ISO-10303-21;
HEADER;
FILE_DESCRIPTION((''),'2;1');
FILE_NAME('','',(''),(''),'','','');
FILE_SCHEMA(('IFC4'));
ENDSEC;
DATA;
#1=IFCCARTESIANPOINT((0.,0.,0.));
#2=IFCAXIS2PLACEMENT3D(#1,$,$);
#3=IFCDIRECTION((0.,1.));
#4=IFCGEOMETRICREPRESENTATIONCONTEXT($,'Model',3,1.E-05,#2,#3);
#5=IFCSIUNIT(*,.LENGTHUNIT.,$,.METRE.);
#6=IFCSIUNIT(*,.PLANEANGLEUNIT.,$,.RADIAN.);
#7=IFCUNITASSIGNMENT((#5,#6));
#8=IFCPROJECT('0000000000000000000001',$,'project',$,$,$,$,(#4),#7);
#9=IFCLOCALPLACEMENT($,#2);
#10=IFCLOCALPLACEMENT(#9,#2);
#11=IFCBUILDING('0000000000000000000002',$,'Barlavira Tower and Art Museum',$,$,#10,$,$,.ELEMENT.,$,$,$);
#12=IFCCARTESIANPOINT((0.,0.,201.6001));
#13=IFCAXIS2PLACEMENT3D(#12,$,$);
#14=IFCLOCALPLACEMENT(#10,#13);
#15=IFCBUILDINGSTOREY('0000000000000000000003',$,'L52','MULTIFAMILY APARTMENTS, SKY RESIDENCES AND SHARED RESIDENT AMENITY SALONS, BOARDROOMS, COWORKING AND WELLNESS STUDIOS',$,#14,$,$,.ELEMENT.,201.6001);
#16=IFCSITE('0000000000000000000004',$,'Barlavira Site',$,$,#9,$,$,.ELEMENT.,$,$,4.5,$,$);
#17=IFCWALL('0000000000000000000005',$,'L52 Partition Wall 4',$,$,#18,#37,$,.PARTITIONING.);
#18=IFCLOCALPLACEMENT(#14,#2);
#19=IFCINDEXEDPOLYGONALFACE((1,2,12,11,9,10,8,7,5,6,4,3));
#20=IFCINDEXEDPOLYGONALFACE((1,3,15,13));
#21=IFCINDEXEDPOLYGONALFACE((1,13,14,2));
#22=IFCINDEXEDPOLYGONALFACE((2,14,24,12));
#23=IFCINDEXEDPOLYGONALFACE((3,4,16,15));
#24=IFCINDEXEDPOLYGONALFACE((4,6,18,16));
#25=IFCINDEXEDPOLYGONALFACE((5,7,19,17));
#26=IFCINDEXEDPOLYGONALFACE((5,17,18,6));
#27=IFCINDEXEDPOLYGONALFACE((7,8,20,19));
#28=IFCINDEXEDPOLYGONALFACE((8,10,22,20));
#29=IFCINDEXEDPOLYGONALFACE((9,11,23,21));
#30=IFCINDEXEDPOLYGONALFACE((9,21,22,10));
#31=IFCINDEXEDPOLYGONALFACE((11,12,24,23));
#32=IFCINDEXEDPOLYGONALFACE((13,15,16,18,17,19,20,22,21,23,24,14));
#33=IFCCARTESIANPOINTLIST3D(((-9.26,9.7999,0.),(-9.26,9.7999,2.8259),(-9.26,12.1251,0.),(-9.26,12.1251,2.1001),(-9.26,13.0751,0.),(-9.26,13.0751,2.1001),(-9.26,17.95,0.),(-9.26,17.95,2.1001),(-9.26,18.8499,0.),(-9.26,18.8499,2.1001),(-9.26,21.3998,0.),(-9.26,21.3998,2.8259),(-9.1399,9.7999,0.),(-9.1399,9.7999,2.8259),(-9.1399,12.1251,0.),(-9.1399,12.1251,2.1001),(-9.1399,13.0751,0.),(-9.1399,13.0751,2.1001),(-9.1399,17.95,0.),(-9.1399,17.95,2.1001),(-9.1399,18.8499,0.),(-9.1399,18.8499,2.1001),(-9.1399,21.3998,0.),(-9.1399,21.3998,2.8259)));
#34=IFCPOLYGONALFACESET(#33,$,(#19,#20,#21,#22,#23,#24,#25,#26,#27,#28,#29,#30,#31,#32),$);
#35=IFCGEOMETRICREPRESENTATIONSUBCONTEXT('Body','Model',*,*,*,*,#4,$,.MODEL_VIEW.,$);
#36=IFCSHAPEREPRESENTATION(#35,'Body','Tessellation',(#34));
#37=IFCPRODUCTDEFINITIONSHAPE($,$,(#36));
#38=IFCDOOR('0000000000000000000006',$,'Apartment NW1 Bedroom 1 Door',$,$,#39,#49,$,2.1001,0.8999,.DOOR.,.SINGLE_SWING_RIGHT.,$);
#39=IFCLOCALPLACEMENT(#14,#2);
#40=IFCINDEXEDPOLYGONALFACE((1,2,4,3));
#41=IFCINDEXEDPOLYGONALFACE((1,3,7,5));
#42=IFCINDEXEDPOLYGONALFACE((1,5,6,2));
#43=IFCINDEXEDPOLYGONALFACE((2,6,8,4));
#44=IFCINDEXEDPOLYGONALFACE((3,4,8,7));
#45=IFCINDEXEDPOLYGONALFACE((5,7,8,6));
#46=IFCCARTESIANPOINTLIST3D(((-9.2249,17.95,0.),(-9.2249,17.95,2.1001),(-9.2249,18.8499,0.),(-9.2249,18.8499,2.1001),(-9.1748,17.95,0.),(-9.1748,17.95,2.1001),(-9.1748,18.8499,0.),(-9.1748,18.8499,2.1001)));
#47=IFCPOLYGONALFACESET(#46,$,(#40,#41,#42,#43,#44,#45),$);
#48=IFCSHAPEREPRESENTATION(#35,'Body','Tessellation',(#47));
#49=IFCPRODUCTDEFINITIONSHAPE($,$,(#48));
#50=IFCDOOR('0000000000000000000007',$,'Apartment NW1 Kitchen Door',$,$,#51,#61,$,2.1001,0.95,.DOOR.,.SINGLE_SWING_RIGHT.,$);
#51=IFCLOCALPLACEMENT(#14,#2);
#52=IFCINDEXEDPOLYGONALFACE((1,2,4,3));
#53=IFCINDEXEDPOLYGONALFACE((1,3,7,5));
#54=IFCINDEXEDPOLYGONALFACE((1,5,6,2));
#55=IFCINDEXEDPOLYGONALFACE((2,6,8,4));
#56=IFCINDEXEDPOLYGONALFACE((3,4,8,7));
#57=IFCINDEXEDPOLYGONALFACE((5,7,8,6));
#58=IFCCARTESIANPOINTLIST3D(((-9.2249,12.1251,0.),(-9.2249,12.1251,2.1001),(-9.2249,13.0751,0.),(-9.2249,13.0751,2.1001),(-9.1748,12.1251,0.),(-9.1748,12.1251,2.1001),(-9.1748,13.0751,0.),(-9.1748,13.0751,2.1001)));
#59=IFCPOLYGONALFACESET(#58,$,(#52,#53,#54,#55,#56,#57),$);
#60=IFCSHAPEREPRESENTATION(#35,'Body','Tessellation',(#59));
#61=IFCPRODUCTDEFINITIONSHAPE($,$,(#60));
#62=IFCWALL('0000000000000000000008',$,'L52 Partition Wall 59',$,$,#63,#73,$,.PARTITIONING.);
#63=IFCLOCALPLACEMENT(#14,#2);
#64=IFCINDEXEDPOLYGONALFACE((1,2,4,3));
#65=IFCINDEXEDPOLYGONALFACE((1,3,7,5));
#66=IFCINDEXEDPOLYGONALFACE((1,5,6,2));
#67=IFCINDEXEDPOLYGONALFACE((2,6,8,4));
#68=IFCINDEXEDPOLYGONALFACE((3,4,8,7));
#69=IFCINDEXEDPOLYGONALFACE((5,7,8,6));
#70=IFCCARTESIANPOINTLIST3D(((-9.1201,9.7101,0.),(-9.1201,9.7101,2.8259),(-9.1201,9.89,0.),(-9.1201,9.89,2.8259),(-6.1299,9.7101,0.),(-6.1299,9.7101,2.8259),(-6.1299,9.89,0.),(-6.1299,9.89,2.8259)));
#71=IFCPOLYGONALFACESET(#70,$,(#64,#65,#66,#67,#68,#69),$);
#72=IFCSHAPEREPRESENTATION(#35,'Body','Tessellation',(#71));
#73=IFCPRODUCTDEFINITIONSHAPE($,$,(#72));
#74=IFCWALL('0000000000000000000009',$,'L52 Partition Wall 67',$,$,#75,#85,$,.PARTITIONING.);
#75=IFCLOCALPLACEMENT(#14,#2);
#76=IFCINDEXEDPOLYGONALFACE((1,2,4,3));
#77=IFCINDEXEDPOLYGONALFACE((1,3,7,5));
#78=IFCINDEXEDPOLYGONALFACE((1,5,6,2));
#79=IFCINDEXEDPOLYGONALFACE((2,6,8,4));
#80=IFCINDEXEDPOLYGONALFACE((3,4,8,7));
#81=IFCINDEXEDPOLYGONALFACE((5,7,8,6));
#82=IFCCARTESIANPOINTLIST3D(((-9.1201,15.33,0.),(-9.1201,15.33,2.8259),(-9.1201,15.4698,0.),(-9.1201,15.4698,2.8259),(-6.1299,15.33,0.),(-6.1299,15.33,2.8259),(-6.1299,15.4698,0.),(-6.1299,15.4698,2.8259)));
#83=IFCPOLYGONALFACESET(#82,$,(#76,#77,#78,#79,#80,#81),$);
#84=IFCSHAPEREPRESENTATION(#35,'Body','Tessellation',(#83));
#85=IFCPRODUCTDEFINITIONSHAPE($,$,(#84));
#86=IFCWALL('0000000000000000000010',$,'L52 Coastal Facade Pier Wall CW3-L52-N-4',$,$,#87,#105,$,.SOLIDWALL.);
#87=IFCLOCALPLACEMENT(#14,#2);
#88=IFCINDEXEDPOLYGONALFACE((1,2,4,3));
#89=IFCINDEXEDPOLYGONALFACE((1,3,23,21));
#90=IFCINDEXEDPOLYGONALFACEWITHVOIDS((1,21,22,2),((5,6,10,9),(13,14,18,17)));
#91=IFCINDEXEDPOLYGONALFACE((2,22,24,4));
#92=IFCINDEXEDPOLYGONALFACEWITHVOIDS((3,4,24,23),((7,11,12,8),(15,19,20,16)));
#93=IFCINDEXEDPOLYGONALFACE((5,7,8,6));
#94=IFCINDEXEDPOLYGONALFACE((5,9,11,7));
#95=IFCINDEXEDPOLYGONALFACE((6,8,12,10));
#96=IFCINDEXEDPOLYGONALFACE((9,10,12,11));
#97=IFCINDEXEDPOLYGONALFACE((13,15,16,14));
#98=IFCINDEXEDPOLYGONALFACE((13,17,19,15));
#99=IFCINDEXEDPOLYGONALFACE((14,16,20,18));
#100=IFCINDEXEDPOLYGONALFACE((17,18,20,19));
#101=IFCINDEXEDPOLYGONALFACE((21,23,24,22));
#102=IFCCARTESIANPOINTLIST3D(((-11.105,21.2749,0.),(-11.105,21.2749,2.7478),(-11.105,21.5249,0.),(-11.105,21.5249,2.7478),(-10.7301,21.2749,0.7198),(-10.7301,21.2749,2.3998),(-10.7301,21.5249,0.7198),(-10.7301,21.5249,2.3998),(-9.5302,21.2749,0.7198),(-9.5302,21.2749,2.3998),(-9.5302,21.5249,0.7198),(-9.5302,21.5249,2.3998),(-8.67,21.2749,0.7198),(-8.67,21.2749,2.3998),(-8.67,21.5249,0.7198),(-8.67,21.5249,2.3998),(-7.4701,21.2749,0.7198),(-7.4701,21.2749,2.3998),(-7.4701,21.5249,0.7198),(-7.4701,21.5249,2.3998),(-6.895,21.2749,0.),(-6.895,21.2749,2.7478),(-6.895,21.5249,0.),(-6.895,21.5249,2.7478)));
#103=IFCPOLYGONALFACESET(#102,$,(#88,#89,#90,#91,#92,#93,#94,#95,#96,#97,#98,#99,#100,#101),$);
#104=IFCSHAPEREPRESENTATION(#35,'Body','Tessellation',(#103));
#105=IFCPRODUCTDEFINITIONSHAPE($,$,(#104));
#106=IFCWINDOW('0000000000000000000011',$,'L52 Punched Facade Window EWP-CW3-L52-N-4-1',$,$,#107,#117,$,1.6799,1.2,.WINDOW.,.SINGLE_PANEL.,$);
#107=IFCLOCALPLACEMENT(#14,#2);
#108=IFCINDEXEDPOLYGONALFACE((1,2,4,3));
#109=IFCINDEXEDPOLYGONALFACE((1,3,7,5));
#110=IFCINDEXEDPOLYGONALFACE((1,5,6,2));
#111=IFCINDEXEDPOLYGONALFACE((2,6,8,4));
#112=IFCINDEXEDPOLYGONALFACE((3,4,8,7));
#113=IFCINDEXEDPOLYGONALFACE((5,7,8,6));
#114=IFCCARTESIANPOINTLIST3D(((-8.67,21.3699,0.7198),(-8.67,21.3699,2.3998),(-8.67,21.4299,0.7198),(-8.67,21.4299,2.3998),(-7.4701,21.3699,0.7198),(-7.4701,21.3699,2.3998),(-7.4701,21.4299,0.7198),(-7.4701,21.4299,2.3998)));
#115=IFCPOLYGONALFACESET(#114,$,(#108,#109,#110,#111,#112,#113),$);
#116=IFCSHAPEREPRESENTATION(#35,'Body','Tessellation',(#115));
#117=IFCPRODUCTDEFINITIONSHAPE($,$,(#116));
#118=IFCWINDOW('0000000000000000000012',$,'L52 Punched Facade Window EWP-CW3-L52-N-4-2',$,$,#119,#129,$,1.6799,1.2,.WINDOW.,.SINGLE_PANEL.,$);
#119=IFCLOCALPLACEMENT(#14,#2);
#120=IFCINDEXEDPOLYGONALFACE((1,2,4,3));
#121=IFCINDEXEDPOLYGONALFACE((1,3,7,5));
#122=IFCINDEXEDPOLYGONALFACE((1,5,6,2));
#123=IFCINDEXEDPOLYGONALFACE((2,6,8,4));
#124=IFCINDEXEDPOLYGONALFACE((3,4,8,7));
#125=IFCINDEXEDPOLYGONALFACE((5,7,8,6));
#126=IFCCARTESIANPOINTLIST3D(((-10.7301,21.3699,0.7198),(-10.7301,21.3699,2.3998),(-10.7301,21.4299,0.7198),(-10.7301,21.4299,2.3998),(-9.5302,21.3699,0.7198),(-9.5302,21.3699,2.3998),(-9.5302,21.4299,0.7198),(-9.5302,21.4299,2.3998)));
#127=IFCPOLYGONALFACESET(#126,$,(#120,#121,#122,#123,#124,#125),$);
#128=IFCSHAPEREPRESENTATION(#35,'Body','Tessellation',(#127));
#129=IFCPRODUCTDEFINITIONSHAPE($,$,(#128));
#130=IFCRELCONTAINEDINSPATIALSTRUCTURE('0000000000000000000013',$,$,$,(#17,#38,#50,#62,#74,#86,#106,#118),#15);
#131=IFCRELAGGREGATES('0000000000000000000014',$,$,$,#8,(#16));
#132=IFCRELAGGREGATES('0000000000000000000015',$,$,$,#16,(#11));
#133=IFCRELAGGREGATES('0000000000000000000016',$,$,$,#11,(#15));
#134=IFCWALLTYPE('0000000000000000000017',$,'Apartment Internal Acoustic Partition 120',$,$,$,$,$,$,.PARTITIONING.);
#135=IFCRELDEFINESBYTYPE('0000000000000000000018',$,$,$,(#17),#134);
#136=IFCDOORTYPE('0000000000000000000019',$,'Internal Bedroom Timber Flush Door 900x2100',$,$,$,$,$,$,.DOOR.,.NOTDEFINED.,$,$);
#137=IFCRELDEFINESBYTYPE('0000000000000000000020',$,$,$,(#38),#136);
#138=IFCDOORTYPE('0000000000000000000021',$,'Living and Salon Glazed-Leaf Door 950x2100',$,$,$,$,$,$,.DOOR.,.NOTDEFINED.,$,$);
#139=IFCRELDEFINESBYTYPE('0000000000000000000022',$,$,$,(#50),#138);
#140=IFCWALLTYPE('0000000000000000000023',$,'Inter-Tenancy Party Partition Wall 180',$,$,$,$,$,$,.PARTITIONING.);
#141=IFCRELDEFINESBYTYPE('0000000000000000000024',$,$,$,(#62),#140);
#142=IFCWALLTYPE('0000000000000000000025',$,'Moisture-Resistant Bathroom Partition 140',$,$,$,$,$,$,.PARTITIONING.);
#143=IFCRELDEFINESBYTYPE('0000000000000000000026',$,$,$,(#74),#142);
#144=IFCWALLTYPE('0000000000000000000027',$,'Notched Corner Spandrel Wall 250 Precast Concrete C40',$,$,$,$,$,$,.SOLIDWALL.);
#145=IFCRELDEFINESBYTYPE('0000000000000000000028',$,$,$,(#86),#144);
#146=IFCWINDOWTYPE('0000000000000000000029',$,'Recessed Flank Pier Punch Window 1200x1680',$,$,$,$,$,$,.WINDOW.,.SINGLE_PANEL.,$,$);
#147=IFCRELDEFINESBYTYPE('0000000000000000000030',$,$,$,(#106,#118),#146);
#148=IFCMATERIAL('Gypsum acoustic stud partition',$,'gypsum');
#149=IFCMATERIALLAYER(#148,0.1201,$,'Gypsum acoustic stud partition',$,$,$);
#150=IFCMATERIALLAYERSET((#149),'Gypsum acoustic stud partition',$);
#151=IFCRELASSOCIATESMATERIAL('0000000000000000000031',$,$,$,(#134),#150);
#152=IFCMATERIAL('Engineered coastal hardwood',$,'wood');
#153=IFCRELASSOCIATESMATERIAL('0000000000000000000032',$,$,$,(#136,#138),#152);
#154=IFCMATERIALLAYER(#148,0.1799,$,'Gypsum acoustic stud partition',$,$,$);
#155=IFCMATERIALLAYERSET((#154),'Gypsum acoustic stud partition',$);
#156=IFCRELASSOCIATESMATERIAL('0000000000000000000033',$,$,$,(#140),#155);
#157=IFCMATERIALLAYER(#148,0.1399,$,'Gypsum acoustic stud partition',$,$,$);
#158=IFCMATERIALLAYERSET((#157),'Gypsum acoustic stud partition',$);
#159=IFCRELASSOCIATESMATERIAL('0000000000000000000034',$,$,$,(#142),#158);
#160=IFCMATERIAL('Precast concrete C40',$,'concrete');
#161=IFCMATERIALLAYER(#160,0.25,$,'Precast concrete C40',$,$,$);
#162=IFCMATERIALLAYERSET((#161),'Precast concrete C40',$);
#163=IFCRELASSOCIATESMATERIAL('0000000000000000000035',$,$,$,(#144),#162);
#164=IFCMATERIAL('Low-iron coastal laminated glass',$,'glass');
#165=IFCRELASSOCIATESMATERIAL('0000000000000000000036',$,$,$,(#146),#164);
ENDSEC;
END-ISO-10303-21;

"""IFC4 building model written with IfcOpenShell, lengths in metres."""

from ifc_helpers import new_model, si_unit, direction, frame, frame_2d, origin, place, context, subcontext, project, spatial, rectangle, extrude, material, layer, layer_set, type_object, element, fill, save


model = new_model("IFC4")

# Units and contexts
model_context = context("Model", 3, precision=1e-05, world=origin(), true_north=direction((0.0, 1.0)))
body_context = subcontext(model_context, "Body", "Model", "MODEL_VIEW")
ifc_project = project(units=[si_unit("LENGTHUNIT", "METRE"), si_unit("PLANEANGLEUNIT", "RADIAN")], contexts=[model_context])

# Site, building, storey
site_placement = place(None, origin())
site = spatial("IfcSite", under=ifc_project, at=site_placement, Name="Barlavira Site", CompositionType="ELEMENT", RefElevation=4.5)
building_placement = place(site_placement, origin())
building = spatial("IfcBuilding", under=site, at=building_placement, Name="Barlavira Tower and Art Museum", CompositionType="ELEMENT")
storey_placement = place(building_placement, frame((0.0, 0.0, 201.6001)))
storey = spatial("IfcBuildingStorey", under=building, at=storey_placement, Name="L52", Description="MULTIFAMILY APARTMENTS, SKY RESIDENCES AND SHARED RESIDENT AMENITY SALONS, BOARDROOMS, COWORKING AND WELLNESS STUDIOS", CompositionType="ELEMENT", Elevation=201.6001)

# Wall, openings, doors
ifc_material_1 = material(Name="Gypsum acoustic stud partition", Category="gypsum")
ifc_layer_1 = layer(ifc_material_1, 0.1201, Name="Gypsum acoustic stud partition")
ifc_layer_set_1 = layer_set([ifc_layer_1], Name="Gypsum acoustic stud partition")
wall_type_1 = type_object("IfcWallType", Name="Apartment Internal Acoustic Partition 120", PredefinedType="PARTITIONING", material=ifc_layer_set_1)
wall_1_placement = place(storey_placement, frame((-9.2, 9.8, 0.0), z_axis=(0.0, 0.0, 1.0), x_axis=(0.0, 1.0, 0.0)))
wall_1 = element("IfcWall", 1, at=wall_1_placement, inside=storey, type_object=wall_type_1, Name="L52 Partition Wall 4", PredefinedType="PARTITIONING", context=body_context, shape_type="SweptSolid", body=[
    extrude(rectangle(XDim=11.5999, YDim=0.1201, at=frame_2d((5.7998, 0.0))), origin(), (0.0, 0.0, 1.0), 2.8259),
])
opening_1_placement = place(wall_1_placement, frame((2.325, 0.0, 0.0)))
opening_1 = element("IfcOpeningElement", 2, at=opening_1_placement, cuts=wall_1, PredefinedType="OPENING", context=body_context, shape_type="SweptSolid", body=[
    extrude(rectangle(XDim=0.95, YDim=2.1001, at=frame_2d((0.4751, 1.05))), frame((0.0, 0.0701, 0.0), z_axis=(0.0, -1.0, 0.0), x_axis=(1.0, 0.0, 0.0)), (0.0, 0.0, 1.0), 0.1401),
])
opening_2_placement = place(wall_1_placement, frame((8.1499, 0.0, 0.0)))
opening_2 = element("IfcOpeningElement", 3, at=opening_2_placement, cuts=wall_1, PredefinedType="OPENING", context=body_context, shape_type="SweptSolid", body=[
    extrude(rectangle(XDim=0.8999, YDim=2.1001, at=frame_2d((0.45, 1.05))), frame((0.0, 0.0701, 0.0), z_axis=(0.0, -1.0, 0.0), x_axis=(1.0, 0.0, 0.0)), (0.0, 0.0, 1.0), 0.1401),
])
ifc_material_2 = material(Name="Engineered coastal hardwood", Category="wood")
door_type_1 = type_object("IfcDoorType", Name="Internal Bedroom Timber Flush Door 900x2100", OperationType="NOTDEFINED", PredefinedType="DOOR", material=ifc_material_2)
door_1_placement = place(opening_2_placement, origin())
door_1 = element("IfcDoor", 4, at=door_1_placement, inside=storey, type_object=door_type_1, Name="Apartment NW1 Bedroom 1 Door", OperationType="SINGLE_SWING_RIGHT", OverallHeight=2.1001, OverallWidth=0.8999, PredefinedType="DOOR", context=body_context, shape_type="SweptSolid", body=[
    extrude(rectangle(XDim=0.8999, YDim=2.1001, at=frame_2d((0.45, 1.05))), frame((0.0, 0.0249, 0.0), z_axis=(0.0, -1.0, 0.0), x_axis=(1.0, 0.0, 0.0)), (0.0, 0.0, 1.0), 0.05),
])
fill(opening_2, door_1)
door_type_2 = type_object("IfcDoorType", Name="Living and Salon Glazed-Leaf Door 950x2100", OperationType="NOTDEFINED", PredefinedType="DOOR", material=ifc_material_2)
door_2_placement = place(opening_1_placement, origin())
door_2 = element("IfcDoor", 5, at=door_2_placement, inside=storey, type_object=door_type_2, Name="Apartment NW1 Kitchen Door", OperationType="SINGLE_SWING_RIGHT", OverallHeight=2.1001, OverallWidth=0.95, PredefinedType="DOOR", context=body_context, shape_type="SweptSolid", body=[
    extrude(rectangle(XDim=0.95, YDim=2.1001, at=frame_2d((0.4751, 1.05))), frame((0.0, 0.0249, 0.0), z_axis=(0.0, -1.0, 0.0), x_axis=(1.0, 0.0, 0.0)), (0.0, 0.0, 1.0), 0.05),
])
fill(opening_1, door_2)

# Walls
ifc_layer_2 = layer(ifc_material_1, 0.1799, Name="Gypsum acoustic stud partition")
ifc_layer_set_2 = layer_set([ifc_layer_2], Name="Gypsum acoustic stud partition")
wall_type_2 = type_object("IfcWallType", Name="Inter-Tenancy Party Partition Wall 180", PredefinedType="PARTITIONING", material=ifc_layer_set_2)
wall_2_placement = place(storey_placement, frame((-9.1201, 9.8, 0.0), z_axis=(0.0, 0.0, 1.0), x_axis=(1.0, 0.0, 0.0)))
element("IfcWall", 6, at=wall_2_placement, inside=storey, type_object=wall_type_2, Name="L52 Partition Wall 59", PredefinedType="PARTITIONING", context=body_context, shape_type="SweptSolid", body=[
    extrude(rectangle(XDim=2.9902, YDim=0.1799, at=frame_2d((1.4951, 0.0))), origin(), (0.0, 0.0, 1.0), 2.8259),
])
ifc_layer_3 = layer(ifc_material_1, 0.1399, Name="Gypsum acoustic stud partition")
ifc_layer_set_3 = layer_set([ifc_layer_3], Name="Gypsum acoustic stud partition")
wall_type_3 = type_object("IfcWallType", Name="Moisture-Resistant Bathroom Partition 140", PredefinedType="PARTITIONING", material=ifc_layer_set_3)
wall_3_placement = place(storey_placement, frame((-9.1201, 15.3999, 0.0), z_axis=(0.0, 0.0, 1.0), x_axis=(1.0, 0.0, 0.0)))
element("IfcWall", 7, at=wall_3_placement, inside=storey, type_object=wall_type_3, Name="L52 Partition Wall 67", PredefinedType="PARTITIONING", context=body_context, shape_type="SweptSolid", body=[
    extrude(rectangle(XDim=2.9902, YDim=0.1399, at=frame_2d((1.4951, 0.0))), origin(), (0.0, 0.0, 1.0), 2.8259),
])

# Wall, openings, windows
ifc_material_3 = material(Name="Precast concrete C40", Category="concrete")
ifc_layer_4 = layer(ifc_material_3, 0.25, Name="Precast concrete C40")
ifc_layer_set_4 = layer_set([ifc_layer_4], Name="Precast concrete C40")
wall_type_4 = type_object("IfcWallType", Name="Notched Corner Spandrel Wall 250 Precast Concrete C40", PredefinedType="SOLIDWALL", material=ifc_layer_set_4)
wall_4_placement = place(storey_placement, frame((-6.895, 21.3999, 0.0), z_axis=(0.0, 0.0, 1.0), x_axis=(-1.0, 0.0, 0.0)))
wall_4 = element("IfcWall", 8, at=wall_4_placement, inside=storey, type_object=wall_type_4, Name="L52 Coastal Facade Pier Wall CW3-L52-N-4", PredefinedType="SOLIDWALL", context=body_context, shape_type="SweptSolid", body=[
    extrude(rectangle(XDim=4.21, YDim=0.25, at=frame_2d((2.105, 0.0))), origin(), (0.0, 0.0, 1.0), 2.7478),
])
opening_3_placement = place(wall_4_placement, frame((0.575, 0.0, 0.72)))
opening_3 = element("IfcOpeningElement", 9, at=opening_3_placement, cuts=wall_4, PredefinedType="OPENING", context=body_context, shape_type="SweptSolid", body=[
    extrude(rectangle(XDim=1.2, YDim=1.6799, at=frame_2d((0.6001, 0.8398))), frame((0.0, 0.135, 0.0), z_axis=(0.0, -1.0, 0.0), x_axis=(1.0, 0.0, 0.0)), (0.0, 0.0, 1.0), 0.27),
])
opening_4_placement = place(wall_4_placement, frame((2.635, 0.0, 0.72)))
opening_4 = element("IfcOpeningElement", 10, at=opening_4_placement, cuts=wall_4, PredefinedType="OPENING", context=body_context, shape_type="SweptSolid", body=[
    extrude(rectangle(XDim=1.2, YDim=1.6799, at=frame_2d((0.6001, 0.8398))), frame((0.0, 0.135, 0.0), z_axis=(0.0, -1.0, 0.0), x_axis=(1.0, 0.0, 0.0)), (0.0, 0.0, 1.0), 0.27),
])
ifc_material_4 = material(Name="Low-iron coastal laminated glass", Category="glass")
window_type = type_object("IfcWindowType", Name="Recessed Flank Pier Punch Window 1200x1680", PartitioningType="SINGLE_PANEL", PredefinedType="WINDOW", material=ifc_material_4)
window_1_placement = place(opening_3_placement, origin())
window_1 = element("IfcWindow", 11, at=window_1_placement, inside=storey, type_object=window_type, Name="L52 Punched Facade Window EWP-CW3-L52-N-4-1", OverallHeight=1.6799, OverallWidth=1.2, PartitioningType="SINGLE_PANEL", PredefinedType="WINDOW", context=body_context, shape_type="SweptSolid", body=[
    extrude(rectangle(XDim=1.2, YDim=1.6799, at=frame_2d((0.6001, 0.8398))), frame((0.0, 0.03, 0.0), z_axis=(0.0, -1.0, 0.0), x_axis=(1.0, 0.0, 0.0)), (0.0, 0.0, 1.0), 0.0601),
])
fill(opening_3, window_1)
window_2_placement = place(opening_4_placement, origin())
window_2 = element("IfcWindow", 12, at=window_2_placement, inside=storey, type_object=window_type, Name="L52 Punched Facade Window EWP-CW3-L52-N-4-2", OverallHeight=1.6799, OverallWidth=1.2, PartitioningType="SINGLE_PANEL", PredefinedType="WINDOW", context=body_context, shape_type="SweptSolid", body=[
    extrude(rectangle(XDim=1.2, YDim=1.6799, at=frame_2d((0.6001, 0.8398))), frame((0.0, 0.03, 0.0), z_axis=(0.0, -1.0, 0.0), x_axis=(1.0, 0.0, 0.0)), (0.0, 0.0, 1.0), 0.0601),
])
fill(opening_4, window_2)

save(model, "model.ifc")
